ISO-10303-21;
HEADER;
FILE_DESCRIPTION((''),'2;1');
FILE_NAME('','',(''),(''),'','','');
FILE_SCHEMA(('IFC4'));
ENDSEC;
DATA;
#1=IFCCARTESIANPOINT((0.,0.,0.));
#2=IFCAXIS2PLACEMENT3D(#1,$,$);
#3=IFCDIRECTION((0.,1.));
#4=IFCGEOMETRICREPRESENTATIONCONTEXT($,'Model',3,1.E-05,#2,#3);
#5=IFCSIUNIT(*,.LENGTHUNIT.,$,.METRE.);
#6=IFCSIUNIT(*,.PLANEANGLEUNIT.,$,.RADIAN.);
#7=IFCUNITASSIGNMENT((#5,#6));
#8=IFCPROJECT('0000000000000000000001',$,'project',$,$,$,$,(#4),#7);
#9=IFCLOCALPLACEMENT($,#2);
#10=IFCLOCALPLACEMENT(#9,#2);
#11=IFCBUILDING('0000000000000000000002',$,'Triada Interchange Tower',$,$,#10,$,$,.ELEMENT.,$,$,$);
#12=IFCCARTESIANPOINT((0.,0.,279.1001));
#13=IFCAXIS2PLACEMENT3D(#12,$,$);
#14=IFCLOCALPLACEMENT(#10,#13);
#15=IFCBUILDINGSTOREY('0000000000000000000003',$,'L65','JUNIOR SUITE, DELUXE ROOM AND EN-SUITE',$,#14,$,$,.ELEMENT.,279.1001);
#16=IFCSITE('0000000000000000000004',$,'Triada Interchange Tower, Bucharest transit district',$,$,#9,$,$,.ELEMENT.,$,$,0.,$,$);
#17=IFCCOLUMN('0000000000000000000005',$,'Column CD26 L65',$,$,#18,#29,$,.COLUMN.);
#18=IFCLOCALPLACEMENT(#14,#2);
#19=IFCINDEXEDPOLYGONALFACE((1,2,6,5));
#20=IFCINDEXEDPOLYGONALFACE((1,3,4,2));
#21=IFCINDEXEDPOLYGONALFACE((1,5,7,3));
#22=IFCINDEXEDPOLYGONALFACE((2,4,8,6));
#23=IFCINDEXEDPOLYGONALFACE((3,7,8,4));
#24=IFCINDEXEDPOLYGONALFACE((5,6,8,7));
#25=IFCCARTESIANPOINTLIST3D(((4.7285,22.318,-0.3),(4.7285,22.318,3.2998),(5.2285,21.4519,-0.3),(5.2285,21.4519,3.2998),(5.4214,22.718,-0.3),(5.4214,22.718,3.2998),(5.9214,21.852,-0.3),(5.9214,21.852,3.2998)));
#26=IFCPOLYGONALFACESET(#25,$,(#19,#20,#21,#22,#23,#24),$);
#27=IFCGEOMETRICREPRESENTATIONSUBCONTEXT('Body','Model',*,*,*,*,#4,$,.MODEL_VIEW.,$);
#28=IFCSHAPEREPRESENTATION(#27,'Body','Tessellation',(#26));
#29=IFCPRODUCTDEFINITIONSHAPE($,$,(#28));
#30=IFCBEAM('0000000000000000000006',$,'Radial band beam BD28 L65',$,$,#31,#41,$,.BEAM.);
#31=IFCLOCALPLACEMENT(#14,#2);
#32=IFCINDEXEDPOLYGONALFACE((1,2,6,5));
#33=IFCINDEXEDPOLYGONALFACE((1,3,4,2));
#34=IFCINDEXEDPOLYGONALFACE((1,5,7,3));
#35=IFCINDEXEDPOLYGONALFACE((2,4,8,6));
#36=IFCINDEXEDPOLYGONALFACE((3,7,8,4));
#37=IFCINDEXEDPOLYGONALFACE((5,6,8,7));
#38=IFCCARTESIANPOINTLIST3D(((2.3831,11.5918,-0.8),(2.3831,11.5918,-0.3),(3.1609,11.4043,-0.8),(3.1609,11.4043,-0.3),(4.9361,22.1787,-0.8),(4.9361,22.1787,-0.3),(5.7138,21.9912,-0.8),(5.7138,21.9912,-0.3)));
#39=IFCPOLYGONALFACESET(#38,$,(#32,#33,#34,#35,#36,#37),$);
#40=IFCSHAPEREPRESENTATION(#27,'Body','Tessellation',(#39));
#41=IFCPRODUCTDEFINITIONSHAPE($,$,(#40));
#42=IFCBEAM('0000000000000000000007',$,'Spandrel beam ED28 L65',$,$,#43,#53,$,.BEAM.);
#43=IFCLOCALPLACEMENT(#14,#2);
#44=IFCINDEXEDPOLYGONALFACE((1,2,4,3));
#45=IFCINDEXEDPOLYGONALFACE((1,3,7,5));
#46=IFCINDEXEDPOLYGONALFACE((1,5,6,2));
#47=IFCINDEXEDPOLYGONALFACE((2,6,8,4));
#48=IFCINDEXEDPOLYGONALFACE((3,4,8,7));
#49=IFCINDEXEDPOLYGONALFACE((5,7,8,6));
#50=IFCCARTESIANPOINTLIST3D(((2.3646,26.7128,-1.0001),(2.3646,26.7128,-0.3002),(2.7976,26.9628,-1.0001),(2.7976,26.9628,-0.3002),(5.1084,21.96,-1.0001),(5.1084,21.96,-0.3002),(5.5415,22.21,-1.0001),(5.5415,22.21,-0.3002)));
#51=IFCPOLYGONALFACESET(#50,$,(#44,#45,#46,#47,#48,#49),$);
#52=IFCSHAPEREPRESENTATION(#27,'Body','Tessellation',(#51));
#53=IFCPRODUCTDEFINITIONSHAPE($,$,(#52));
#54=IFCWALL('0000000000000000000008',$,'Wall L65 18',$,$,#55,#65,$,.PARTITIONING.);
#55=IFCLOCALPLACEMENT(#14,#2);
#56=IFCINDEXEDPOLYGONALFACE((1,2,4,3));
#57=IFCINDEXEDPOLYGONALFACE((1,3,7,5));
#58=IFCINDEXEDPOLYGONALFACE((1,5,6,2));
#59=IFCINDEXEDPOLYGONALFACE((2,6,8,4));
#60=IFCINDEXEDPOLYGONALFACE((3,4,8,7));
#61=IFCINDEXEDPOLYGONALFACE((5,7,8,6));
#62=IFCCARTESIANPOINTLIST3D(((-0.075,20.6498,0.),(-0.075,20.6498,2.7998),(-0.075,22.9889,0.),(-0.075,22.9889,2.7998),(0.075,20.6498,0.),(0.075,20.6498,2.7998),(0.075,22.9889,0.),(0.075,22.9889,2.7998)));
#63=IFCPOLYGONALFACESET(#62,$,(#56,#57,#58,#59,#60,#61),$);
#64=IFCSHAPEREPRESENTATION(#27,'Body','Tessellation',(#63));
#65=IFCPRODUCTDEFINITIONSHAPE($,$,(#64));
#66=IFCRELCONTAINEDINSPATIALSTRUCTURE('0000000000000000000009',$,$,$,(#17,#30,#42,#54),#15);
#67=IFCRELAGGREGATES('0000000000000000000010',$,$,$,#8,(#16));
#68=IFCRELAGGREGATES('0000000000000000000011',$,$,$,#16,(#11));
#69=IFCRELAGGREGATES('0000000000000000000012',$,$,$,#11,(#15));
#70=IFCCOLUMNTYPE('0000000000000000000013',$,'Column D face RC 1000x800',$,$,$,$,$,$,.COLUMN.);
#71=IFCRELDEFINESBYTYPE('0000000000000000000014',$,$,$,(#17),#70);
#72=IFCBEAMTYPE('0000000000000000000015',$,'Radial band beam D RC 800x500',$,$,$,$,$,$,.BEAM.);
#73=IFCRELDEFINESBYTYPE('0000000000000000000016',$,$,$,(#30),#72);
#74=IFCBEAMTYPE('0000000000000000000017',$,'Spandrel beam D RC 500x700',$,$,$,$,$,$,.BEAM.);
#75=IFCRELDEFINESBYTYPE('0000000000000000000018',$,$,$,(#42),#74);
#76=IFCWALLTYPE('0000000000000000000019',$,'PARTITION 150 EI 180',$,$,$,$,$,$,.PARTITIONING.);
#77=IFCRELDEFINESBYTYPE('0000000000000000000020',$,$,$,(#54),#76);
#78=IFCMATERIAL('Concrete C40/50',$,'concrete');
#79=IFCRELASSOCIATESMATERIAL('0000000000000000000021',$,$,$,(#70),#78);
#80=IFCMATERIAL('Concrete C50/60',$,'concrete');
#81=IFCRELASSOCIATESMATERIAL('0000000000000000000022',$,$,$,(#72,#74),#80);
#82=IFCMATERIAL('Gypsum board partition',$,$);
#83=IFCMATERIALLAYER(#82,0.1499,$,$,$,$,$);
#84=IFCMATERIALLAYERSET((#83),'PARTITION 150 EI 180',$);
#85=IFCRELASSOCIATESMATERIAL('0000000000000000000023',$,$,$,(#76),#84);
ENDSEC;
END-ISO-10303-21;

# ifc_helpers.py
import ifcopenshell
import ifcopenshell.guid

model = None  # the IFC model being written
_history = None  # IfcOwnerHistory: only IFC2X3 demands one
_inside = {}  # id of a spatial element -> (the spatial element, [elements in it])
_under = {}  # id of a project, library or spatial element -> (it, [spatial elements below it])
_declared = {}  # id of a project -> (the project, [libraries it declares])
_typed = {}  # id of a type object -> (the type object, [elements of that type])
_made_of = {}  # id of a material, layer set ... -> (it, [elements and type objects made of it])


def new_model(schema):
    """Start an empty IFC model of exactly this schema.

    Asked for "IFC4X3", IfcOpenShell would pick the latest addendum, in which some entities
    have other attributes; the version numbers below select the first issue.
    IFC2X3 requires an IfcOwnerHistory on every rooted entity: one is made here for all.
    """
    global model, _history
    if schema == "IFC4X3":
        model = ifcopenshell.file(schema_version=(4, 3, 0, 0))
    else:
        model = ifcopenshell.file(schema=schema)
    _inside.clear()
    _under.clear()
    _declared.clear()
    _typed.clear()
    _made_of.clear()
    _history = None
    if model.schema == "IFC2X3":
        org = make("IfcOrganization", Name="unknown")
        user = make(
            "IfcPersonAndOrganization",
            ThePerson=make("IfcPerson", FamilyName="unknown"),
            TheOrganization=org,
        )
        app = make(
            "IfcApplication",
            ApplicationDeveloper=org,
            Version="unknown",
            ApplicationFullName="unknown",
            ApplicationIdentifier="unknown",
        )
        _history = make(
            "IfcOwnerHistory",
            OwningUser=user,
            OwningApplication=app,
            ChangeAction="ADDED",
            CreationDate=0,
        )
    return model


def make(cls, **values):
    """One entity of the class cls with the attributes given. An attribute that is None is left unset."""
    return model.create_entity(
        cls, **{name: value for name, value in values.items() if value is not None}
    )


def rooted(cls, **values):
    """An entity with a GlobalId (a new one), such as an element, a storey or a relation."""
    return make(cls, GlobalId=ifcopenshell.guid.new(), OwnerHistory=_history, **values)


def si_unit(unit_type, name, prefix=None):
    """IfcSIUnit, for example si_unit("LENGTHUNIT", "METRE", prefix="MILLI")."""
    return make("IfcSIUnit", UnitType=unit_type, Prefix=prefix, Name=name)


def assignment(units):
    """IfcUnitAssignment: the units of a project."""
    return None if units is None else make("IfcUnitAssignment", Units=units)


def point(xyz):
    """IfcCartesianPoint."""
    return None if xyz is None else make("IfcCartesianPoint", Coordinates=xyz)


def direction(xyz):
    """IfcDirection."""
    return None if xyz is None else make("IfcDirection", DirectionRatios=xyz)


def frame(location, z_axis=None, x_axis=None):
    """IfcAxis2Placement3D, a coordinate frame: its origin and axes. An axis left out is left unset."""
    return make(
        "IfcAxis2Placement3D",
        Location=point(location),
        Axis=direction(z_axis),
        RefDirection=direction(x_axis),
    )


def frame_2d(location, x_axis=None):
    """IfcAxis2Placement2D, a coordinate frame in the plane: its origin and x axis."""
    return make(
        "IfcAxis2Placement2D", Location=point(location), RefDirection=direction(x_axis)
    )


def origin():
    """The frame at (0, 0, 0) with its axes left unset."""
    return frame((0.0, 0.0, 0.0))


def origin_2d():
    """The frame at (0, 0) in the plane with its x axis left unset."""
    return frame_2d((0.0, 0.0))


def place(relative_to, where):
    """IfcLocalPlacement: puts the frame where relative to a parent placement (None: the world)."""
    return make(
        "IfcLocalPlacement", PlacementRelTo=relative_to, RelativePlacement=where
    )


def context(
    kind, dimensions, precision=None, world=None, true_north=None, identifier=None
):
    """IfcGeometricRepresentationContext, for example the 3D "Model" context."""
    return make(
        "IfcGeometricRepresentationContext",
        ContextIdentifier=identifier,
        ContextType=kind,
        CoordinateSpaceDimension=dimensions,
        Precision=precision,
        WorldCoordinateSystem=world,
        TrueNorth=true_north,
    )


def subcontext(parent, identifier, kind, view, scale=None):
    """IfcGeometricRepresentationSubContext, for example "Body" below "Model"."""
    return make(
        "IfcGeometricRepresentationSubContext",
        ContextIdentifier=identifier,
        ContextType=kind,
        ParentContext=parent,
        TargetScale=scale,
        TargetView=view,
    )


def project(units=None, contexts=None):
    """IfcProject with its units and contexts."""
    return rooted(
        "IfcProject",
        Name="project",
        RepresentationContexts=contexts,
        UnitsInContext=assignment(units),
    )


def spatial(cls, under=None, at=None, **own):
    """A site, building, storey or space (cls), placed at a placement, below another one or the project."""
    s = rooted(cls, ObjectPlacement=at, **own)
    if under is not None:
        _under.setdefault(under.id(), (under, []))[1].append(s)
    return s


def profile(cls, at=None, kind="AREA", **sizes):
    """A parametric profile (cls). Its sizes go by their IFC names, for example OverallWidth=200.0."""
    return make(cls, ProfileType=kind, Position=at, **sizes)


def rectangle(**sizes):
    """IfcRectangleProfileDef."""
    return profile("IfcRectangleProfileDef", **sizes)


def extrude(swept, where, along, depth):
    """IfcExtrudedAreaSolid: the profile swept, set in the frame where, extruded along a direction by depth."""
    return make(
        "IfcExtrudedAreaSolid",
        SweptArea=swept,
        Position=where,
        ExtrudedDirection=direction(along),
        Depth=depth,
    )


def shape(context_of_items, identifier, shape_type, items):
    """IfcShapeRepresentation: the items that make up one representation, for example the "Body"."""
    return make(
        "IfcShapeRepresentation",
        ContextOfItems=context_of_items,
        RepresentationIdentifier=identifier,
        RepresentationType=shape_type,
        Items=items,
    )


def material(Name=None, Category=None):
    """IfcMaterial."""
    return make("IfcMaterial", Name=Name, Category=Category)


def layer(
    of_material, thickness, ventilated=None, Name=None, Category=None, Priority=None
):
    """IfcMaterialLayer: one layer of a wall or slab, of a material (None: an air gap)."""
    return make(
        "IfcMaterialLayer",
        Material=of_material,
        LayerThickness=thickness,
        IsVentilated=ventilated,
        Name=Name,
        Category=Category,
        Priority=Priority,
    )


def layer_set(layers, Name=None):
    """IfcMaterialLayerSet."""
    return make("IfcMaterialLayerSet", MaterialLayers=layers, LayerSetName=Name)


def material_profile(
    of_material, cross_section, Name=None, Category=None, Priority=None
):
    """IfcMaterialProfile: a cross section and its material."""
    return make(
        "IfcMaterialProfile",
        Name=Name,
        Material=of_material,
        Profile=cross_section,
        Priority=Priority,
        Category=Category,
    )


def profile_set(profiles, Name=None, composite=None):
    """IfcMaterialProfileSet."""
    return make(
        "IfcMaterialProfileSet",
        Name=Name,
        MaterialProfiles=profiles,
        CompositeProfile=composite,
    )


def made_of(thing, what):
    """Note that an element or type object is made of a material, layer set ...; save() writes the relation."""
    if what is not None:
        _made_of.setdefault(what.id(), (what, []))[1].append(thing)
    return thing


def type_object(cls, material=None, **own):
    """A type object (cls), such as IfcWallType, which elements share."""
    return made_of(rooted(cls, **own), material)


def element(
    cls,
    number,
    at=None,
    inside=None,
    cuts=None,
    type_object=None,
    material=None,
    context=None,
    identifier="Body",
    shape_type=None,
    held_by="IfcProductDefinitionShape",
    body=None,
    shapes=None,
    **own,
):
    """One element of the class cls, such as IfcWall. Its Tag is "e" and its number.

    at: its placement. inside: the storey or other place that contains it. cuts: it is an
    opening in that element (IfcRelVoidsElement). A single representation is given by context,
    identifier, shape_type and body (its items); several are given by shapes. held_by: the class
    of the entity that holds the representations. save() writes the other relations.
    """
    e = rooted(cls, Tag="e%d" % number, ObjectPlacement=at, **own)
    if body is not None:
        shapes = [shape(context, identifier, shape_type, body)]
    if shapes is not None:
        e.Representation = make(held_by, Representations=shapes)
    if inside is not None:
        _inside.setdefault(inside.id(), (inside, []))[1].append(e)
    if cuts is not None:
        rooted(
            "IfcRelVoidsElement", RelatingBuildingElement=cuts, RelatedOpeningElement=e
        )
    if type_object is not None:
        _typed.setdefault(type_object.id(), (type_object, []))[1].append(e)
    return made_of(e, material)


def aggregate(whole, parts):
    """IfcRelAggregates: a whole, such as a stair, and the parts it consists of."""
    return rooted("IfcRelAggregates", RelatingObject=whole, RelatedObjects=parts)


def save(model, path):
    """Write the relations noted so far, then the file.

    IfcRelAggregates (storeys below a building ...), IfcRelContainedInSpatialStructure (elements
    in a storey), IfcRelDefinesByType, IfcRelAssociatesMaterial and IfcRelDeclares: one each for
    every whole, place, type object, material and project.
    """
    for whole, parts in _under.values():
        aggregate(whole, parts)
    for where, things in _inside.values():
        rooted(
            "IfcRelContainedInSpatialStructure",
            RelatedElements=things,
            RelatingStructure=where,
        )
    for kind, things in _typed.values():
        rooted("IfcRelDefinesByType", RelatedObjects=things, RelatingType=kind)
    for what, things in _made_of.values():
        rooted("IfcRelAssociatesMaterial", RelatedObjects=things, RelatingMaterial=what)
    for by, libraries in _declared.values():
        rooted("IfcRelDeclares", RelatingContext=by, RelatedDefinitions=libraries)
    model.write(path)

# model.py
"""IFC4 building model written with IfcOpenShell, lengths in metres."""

from ifc_helpers import new_model, si_unit, direction, frame, frame_2d, origin, origin_2d, place, context, subcontext, project, spatial, rectangle, extrude, material, layer, layer_set, material_profile, profile_set, type_object, element, save


model = new_model("IFC4")

# Units and contexts
model_context = context("Model", 3, precision=1e-05, world=origin(), true_north=direction((0.0, 1.0)))
body_context = subcontext(model_context, "Body", "Model", "MODEL_VIEW")
ifc_project = project(units=[si_unit("LENGTHUNIT", "METRE"), si_unit("PLANEANGLEUNIT", "RADIAN")], contexts=[model_context])

# Site, building, storey
site_placement = place(None, origin())
site = spatial("IfcSite", under=ifc_project, at=site_placement, Name="Triada Interchange Tower, Bucharest transit district", CompositionType="ELEMENT", RefElevation=0.0)
building_placement = place(site_placement, origin())
building = spatial("IfcBuilding", under=site, at=building_placement, Name="Triada Interchange Tower", CompositionType="ELEMENT")
storey_placement = place(building_placement, frame((0.0, 0.0, 279.1001)))
storey = spatial("IfcBuildingStorey", under=building, at=storey_placement, Name="L65", Description="JUNIOR SUITE, DELUXE ROOM AND EN-SUITE", CompositionType="ELEMENT", Elevation=279.1001)

# Column
ifc_material_1 = material(Name="Concrete C40/50", Category="concrete")
ifc_material_profile_1 = material_profile(ifc_material_1, rectangle(XDim=1.0, YDim=0.8, at=origin_2d()), Name="RC 1000x800")
ifc_profile_set_1 = profile_set([ifc_material_profile_1], Name="Concrete C40/50")
column_type = type_object("IfcColumnType", Name="Column D face RC 1000x800", PredefinedType="COLUMN", material=ifc_profile_set_1)
column_placement = place(storey_placement, frame((5.325, 22.085, -0.3), z_axis=(0.0, 0.0, 1.0), x_axis=(-0.5, 0.866025, 0.0)))
element("IfcColumn", 1, at=column_placement, inside=storey, type_object=column_type, Name="Column CD26 L65", PredefinedType="COLUMN", context=body_context, shape_type="SweptSolid", body=[
    extrude(rectangle(XDim=1.0, YDim=0.8, at=origin_2d()), origin(), (0.0, 0.0, 1.0), 3.5999),
])

# Beams
ifc_material_2 = material(Name="Concrete C50/60", Category="concrete")
ifc_material_profile_2 = material_profile(ifc_material_2, rectangle(XDim=0.8, YDim=0.5, at=origin_2d()), Name="RC 800x500")
ifc_profile_set_2 = profile_set([ifc_material_profile_2], Name="Concrete C50/60")
beam_type_1 = type_object("IfcBeamType", Name="Radial band beam D RC 800x500", PredefinedType="BEAM", material=ifc_profile_set_2)
beam_1_placement = place(storey_placement, frame((5.325, 22.085, -0.55), z_axis=(-0.234425, -0.972134, 0.0), x_axis=(0.972134, -0.234425, 0.0)))
element("IfcBeam", 2, at=beam_1_placement, inside=storey, type_object=beam_type_1, Name="Radial band beam BD28 L65", PredefinedType="BEAM", context=body_context, shape_type="SweptSolid", body=[
    extrude(rectangle(XDim=0.8, YDim=0.5, at=origin_2d()), origin(), (0.0, 0.0, 1.0), 10.8904),
])
ifc_material_profile_3 = material_profile(ifc_material_2, rectangle(XDim=0.5, YDim=0.7, at=origin_2d()), Name="RC 500x700")
ifc_profile_set_3 = profile_set([ifc_material_profile_3], Name="Concrete C50/60")
beam_type_2 = type_object("IfcBeamType", Name="Spandrel beam D RC 500x700", PredefinedType="BEAM", material=ifc_profile_set_3)
beam_2_placement = place(storey_placement, frame((5.325, 22.085, -0.6501), z_axis=(-0.499971, 0.866042, 0.0), x_axis=(-0.866042, -0.499971, 0.0)))
element("IfcBeam", 3, at=beam_2_placement, inside=storey, type_object=beam_type_2, Name="Spandrel beam ED28 L65", PredefinedType="BEAM", context=body_context, shape_type="SweptSolid", body=[
    extrude(rectangle(XDim=0.5, YDim=0.7, at=origin_2d()), origin(), (0.0, 0.0, 1.0), 5.488),
])

# Wall
ifc_material_3 = material(Name="Gypsum board partition")
ifc_layer_1 = layer(ifc_material_3, 0.1499)
ifc_layer_set_1 = layer_set([ifc_layer_1], Name="PARTITION 150 EI 180")
wall_type_1 = type_object("IfcWallType", Name="PARTITION 150 EI 180", PredefinedType="PARTITIONING", material=ifc_layer_set_1)
wall_1_placement = place(storey_placement, frame((0.0, 20.6499, 0.0), z_axis=(0.0, 0.0, 1.0), x_axis=(0.0, 1.0, 0.0)))
element("IfcWall", 4, at=wall_1_placement, inside=storey, type_object=wall_type_1, Name="Wall L65 18", PredefinedType="PARTITIONING", context=body_context, shape_type="SweptSolid", body=[
    extrude(rectangle(XDim=2.3391, YDim=0.1499, at=frame_2d((1.1694, 0.0))), origin(), (0.0, 0.0, 1.0), 2.7998),
])

save(model, "model.ifc")
